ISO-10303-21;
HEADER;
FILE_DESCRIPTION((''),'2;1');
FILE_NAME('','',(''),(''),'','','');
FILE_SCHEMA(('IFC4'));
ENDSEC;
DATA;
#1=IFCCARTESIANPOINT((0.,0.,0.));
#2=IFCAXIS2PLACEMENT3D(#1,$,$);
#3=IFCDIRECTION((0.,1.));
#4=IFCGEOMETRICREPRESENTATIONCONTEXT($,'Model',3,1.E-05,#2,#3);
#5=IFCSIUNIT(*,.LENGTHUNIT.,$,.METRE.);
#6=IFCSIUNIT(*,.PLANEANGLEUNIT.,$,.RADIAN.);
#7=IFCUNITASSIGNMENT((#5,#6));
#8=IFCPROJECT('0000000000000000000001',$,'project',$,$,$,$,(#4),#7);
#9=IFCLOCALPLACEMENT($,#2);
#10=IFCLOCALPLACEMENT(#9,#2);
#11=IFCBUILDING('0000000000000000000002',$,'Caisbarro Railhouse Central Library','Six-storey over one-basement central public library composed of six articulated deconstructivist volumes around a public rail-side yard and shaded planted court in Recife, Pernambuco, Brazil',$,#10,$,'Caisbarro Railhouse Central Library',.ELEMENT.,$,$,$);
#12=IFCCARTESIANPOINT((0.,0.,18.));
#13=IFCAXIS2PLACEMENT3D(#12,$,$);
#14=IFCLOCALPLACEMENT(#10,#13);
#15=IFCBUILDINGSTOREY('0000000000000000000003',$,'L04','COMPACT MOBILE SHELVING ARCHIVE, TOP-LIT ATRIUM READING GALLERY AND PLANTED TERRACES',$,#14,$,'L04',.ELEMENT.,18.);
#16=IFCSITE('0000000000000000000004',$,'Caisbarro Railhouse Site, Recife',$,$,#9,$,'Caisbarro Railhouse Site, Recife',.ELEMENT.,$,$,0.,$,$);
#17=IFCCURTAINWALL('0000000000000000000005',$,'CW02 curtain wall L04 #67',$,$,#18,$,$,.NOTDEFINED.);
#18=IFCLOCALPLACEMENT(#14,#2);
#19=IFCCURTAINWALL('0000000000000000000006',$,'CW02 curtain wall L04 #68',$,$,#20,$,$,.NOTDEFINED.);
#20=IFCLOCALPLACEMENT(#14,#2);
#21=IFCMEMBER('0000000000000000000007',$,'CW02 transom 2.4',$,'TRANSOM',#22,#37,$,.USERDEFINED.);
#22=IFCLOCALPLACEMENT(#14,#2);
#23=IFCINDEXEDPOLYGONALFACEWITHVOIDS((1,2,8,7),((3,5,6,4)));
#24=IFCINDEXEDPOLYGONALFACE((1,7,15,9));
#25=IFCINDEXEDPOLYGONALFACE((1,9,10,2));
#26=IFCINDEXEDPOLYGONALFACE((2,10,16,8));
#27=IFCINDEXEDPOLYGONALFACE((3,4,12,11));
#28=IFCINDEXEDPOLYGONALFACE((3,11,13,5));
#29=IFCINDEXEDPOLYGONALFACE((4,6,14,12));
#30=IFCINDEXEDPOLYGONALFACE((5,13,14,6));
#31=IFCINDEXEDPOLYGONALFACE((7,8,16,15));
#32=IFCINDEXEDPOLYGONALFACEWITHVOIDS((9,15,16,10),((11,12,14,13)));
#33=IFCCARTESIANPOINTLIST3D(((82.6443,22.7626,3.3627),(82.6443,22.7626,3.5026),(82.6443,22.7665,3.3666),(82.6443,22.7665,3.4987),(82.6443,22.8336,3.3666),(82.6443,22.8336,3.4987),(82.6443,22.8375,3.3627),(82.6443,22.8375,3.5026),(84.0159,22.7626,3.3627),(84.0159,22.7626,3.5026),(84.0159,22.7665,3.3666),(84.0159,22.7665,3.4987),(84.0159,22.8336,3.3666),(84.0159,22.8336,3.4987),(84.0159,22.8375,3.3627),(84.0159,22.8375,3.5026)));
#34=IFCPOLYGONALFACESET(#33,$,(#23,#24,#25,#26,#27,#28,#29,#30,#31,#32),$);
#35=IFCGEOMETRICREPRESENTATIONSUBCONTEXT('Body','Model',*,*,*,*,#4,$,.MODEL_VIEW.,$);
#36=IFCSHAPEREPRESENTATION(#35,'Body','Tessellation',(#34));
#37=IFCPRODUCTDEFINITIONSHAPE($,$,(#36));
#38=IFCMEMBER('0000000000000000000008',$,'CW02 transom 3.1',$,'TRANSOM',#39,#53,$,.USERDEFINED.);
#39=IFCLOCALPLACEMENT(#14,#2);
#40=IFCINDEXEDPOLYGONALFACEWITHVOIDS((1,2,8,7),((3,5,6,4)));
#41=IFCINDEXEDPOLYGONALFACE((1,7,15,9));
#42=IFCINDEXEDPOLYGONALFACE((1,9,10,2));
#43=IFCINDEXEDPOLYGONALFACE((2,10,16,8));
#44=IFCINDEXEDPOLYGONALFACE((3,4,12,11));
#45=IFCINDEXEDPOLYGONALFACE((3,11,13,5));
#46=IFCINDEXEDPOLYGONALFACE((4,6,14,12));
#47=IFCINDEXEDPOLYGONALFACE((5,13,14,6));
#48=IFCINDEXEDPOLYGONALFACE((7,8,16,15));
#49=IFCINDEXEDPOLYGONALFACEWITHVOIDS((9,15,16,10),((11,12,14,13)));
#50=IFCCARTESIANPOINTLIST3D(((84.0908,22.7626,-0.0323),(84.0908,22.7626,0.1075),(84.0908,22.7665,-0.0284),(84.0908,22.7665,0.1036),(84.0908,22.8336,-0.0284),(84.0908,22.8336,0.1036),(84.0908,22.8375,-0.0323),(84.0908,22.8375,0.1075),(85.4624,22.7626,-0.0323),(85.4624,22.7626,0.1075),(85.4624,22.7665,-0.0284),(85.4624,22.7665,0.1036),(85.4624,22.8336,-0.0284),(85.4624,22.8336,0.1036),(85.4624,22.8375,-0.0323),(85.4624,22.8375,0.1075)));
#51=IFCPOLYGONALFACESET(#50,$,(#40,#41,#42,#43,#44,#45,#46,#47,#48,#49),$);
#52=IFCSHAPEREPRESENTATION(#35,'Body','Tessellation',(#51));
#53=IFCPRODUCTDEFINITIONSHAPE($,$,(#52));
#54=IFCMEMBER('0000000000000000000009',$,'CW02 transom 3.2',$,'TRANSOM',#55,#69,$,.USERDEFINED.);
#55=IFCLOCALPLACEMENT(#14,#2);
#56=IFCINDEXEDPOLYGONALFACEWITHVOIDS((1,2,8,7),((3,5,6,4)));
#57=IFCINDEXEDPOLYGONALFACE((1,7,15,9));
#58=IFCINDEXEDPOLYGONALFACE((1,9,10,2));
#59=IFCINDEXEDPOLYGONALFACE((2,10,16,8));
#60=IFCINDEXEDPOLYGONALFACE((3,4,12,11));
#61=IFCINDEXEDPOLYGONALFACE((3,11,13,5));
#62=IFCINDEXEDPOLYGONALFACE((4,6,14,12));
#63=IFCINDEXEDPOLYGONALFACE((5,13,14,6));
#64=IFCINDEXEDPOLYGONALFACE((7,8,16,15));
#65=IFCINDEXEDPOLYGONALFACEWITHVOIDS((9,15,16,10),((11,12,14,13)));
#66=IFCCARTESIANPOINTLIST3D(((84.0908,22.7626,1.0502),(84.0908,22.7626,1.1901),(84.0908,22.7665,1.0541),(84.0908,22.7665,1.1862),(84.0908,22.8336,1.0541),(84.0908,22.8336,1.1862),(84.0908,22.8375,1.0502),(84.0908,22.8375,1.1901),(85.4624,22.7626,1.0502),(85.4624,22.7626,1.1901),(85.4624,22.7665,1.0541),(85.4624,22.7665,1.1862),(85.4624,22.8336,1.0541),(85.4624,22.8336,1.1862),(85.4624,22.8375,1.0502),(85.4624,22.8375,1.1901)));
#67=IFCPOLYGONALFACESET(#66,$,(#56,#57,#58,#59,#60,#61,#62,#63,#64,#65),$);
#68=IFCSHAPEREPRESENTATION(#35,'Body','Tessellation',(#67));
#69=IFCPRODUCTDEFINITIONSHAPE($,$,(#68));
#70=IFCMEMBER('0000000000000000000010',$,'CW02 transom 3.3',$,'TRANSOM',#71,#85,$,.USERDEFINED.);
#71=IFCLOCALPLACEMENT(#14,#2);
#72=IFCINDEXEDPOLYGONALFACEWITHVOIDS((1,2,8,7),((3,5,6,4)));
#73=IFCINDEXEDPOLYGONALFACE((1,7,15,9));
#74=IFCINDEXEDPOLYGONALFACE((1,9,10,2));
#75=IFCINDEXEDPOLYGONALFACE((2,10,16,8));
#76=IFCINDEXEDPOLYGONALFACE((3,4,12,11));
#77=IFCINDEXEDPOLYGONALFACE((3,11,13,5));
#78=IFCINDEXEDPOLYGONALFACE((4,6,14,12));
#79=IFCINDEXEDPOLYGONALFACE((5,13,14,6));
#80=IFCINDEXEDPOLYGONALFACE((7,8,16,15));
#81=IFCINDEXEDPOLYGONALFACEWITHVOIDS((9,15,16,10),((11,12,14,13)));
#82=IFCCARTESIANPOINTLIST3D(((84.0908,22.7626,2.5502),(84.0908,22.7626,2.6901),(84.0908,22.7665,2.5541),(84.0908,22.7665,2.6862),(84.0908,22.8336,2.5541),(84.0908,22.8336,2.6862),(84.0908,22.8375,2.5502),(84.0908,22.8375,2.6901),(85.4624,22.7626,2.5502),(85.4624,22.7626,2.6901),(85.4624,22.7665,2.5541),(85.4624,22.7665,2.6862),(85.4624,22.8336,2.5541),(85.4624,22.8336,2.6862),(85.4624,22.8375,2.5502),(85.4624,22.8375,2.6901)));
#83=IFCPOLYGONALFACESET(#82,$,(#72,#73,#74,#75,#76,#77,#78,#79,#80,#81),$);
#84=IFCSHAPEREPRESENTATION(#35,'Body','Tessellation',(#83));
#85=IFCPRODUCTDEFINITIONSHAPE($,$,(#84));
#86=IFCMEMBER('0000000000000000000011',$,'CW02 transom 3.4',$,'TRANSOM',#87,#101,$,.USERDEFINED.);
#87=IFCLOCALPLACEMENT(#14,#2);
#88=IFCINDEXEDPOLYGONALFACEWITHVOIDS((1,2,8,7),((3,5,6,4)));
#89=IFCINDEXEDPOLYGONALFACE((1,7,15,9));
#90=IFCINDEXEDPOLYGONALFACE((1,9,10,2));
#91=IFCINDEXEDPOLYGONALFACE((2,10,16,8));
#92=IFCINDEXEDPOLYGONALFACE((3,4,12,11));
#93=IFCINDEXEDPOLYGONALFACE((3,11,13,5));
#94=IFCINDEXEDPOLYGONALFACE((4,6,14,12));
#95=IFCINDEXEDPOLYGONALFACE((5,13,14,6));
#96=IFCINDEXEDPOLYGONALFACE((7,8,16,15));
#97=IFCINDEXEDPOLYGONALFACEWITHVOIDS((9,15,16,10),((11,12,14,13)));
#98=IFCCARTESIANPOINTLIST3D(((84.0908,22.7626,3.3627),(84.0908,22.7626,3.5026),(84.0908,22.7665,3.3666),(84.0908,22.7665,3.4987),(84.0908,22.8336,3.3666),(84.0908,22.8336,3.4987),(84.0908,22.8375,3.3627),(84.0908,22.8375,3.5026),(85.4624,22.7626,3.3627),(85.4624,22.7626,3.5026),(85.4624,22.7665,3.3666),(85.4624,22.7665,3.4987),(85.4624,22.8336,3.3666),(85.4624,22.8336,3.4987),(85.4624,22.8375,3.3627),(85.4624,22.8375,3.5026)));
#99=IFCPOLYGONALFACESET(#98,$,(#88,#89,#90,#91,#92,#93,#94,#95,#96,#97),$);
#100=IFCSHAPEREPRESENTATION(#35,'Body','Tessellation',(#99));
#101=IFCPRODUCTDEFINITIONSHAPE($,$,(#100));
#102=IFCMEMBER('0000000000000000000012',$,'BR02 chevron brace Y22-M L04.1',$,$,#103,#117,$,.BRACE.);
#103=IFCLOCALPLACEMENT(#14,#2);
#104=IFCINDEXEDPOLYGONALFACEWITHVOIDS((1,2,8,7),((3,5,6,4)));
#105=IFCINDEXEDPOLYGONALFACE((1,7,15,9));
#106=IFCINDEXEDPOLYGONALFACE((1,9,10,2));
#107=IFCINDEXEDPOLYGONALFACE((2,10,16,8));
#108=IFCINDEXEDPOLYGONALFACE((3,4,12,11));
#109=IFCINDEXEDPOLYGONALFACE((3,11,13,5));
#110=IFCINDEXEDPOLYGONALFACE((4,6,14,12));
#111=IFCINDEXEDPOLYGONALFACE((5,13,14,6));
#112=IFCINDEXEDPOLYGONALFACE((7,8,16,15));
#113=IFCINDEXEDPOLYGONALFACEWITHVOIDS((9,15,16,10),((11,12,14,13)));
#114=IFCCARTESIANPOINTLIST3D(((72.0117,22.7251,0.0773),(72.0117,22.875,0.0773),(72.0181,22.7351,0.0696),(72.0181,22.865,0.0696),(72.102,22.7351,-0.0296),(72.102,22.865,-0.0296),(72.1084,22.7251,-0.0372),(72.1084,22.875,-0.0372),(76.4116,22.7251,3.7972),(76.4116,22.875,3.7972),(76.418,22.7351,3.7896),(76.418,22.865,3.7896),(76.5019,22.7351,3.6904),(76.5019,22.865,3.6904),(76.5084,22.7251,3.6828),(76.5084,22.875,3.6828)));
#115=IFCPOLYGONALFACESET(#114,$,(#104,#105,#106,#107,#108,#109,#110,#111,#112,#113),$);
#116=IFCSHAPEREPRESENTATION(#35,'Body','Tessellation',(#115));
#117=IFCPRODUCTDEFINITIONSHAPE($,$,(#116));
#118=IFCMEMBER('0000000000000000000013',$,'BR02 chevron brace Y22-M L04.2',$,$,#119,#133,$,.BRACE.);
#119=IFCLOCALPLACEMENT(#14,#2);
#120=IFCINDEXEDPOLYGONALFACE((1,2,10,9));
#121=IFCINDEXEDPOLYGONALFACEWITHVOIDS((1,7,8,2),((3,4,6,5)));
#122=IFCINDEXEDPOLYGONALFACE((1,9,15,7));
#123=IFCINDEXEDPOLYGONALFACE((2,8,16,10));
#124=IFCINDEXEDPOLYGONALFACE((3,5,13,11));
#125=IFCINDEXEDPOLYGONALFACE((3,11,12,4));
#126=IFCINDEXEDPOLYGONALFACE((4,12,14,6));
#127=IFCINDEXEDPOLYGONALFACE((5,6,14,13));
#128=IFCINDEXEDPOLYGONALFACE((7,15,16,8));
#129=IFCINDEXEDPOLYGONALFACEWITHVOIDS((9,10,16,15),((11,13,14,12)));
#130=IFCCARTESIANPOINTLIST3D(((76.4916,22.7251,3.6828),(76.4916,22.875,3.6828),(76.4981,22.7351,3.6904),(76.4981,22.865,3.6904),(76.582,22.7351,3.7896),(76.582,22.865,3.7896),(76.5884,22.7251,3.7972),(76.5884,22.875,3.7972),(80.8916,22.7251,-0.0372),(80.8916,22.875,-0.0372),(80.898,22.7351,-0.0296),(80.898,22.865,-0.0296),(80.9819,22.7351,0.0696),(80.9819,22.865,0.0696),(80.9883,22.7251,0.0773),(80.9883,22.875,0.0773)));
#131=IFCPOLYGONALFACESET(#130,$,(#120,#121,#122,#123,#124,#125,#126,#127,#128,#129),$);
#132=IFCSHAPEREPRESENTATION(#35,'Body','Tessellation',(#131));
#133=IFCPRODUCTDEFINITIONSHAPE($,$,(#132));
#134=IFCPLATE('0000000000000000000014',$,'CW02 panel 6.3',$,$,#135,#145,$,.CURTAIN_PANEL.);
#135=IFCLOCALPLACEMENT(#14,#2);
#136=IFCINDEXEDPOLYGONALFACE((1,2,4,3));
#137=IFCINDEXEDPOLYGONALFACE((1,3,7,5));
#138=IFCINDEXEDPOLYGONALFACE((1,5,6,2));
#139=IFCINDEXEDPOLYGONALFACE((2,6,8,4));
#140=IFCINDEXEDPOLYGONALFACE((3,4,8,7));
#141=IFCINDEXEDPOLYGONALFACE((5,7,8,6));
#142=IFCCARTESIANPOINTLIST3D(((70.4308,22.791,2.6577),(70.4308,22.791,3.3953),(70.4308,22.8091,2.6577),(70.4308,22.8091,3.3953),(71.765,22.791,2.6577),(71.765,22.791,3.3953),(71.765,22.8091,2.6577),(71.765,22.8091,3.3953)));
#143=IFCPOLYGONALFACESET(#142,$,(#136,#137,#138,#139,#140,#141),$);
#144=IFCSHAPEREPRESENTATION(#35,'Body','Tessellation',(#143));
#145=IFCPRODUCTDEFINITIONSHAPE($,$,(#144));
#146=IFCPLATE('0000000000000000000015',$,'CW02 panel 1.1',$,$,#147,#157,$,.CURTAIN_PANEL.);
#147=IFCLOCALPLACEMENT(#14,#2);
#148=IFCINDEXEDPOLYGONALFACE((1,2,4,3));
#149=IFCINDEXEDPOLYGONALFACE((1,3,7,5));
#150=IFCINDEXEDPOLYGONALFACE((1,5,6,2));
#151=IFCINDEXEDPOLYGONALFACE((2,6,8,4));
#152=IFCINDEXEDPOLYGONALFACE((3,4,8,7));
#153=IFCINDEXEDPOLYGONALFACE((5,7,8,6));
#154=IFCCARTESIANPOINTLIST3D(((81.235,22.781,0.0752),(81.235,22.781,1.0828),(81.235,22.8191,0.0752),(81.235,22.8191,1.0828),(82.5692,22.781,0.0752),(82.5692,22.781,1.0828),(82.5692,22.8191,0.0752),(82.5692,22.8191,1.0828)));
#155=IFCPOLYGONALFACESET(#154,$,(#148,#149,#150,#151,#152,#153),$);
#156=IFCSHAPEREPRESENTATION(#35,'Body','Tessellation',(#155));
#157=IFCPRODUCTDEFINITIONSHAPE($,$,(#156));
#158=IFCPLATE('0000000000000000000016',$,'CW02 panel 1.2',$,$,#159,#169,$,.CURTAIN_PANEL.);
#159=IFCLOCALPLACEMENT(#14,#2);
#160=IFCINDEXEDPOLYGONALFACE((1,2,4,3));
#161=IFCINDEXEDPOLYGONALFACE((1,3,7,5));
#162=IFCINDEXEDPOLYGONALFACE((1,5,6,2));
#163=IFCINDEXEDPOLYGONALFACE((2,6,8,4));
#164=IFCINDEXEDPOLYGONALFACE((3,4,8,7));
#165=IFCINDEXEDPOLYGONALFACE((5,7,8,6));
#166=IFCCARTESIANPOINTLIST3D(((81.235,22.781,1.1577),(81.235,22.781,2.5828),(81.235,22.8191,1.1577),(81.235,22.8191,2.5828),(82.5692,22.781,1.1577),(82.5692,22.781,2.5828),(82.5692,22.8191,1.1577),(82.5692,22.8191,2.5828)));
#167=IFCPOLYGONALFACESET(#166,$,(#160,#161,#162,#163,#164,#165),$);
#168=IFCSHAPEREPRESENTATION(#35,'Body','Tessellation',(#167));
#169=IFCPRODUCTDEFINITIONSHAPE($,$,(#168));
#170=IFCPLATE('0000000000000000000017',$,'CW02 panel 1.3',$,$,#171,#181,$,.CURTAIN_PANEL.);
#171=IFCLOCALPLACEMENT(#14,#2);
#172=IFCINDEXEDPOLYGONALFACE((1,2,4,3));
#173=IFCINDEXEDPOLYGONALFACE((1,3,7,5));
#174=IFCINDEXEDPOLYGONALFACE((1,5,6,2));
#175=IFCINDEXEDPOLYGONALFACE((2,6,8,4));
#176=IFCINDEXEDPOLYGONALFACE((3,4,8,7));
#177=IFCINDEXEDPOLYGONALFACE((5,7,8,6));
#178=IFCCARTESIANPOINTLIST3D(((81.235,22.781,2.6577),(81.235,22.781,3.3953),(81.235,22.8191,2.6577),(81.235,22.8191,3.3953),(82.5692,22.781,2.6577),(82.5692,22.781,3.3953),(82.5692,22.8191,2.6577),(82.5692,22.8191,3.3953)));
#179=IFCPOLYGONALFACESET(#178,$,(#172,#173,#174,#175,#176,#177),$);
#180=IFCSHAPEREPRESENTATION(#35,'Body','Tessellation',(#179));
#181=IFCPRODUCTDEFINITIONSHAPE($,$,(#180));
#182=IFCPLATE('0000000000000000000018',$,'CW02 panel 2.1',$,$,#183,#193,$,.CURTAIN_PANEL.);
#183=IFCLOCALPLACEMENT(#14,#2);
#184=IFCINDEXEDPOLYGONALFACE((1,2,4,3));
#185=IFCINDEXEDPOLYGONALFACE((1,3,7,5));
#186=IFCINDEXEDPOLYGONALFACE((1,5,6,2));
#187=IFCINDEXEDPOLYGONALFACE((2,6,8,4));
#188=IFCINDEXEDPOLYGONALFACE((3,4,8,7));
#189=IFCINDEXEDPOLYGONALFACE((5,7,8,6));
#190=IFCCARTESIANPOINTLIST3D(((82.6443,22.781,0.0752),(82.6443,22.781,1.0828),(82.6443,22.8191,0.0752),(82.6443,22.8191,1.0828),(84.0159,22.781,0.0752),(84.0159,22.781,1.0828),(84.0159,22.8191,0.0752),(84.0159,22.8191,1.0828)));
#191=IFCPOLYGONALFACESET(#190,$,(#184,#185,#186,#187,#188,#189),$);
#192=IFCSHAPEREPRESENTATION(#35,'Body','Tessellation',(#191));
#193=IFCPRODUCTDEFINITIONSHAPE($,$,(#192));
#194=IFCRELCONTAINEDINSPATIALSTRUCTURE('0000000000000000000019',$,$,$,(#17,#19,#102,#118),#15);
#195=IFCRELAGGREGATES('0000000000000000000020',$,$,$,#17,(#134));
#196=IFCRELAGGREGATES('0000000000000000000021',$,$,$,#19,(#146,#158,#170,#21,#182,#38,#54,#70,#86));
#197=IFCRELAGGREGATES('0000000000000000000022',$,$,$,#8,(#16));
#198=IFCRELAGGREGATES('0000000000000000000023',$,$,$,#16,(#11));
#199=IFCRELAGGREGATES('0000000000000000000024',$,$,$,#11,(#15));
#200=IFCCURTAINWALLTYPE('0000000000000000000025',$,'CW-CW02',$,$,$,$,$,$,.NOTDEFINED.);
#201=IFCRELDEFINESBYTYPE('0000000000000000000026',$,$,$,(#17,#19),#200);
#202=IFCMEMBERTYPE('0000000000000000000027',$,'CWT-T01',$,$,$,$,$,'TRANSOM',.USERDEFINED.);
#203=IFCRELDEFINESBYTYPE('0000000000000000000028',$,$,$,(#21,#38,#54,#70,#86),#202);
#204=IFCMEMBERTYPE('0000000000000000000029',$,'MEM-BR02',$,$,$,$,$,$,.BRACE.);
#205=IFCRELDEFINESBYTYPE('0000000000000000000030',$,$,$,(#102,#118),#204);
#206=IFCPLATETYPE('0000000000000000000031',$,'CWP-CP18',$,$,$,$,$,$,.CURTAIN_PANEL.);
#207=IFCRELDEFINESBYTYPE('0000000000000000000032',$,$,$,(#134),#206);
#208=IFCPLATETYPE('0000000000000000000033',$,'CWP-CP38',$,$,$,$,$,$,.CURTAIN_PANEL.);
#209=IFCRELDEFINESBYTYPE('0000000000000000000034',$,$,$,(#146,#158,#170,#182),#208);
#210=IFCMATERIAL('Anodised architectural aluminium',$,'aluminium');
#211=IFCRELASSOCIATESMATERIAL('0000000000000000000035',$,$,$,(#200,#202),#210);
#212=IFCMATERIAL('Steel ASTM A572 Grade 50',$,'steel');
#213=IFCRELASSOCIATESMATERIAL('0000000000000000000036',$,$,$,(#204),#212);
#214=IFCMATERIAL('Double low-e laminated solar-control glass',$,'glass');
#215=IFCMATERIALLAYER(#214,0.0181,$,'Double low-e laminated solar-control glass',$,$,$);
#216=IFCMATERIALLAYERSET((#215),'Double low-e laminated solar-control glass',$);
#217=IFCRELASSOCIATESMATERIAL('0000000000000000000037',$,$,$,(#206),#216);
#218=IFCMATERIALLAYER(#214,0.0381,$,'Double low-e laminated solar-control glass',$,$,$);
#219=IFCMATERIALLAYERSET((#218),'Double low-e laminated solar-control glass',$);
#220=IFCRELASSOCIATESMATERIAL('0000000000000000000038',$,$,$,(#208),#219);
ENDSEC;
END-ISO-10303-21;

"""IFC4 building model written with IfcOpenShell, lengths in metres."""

from ifc_helpers import new_model, si_unit, direction, frame, origin, origin_2d, place, context, subcontext, project, spatial, rectangle, hollow_rectangle, extrude, material, layer, layer_set, material_profile, profile_set, type_object, element, aggregate, save


model = new_model("IFC4")

# Units and contexts
model_context = context("Model", 3, precision=1e-05, world=origin(), true_north=direction((0.0, 1.0)))
body_context = subcontext(model_context, "Body", "Model", "MODEL_VIEW")
ifc_project = project(units=[si_unit("LENGTHUNIT", "METRE"), si_unit("PLANEANGLEUNIT", "RADIAN")], contexts=[model_context])

# Site, building, storey
site_placement = place(None, origin())
site = spatial("IfcSite", under=ifc_project, at=site_placement, Name="Caisbarro Railhouse Site, Recife", LongName="Caisbarro Railhouse Site, Recife", CompositionType="ELEMENT", RefElevation=0.0)
building_placement = place(site_placement, origin())
building = spatial("IfcBuilding", under=site, at=building_placement, Name="Caisbarro Railhouse Central Library", Description="Six-storey over one-basement central public library composed of six articulated deconstructivist volumes around a public rail-side yard and shaded planted court in Recife, Pernambuco, Brazil", LongName="Caisbarro Railhouse Central Library", CompositionType="ELEMENT")
storey_placement = place(building_placement, frame((0.0, 0.0, 18.0)))
storey = spatial("IfcBuildingStorey", under=building, at=storey_placement, Name="L04", Description="COMPACT MOBILE SHELVING ARCHIVE, TOP-LIT ATRIUM READING GALLERY AND PLANTED TERRACES", LongName="L04", CompositionType="ELEMENT", Elevation=18.0)

# Shared definitions
ifc_material_1 = material(Name="Steel ASTM A572 Grade 50", Category="steel")

# Curtain wall
ifc_material_2 = material(Name="Anodised architectural aluminium", Category="aluminium")
curtain_wall_type = type_object("IfcCurtainWallType", Name="CW-CW02", PredefinedType="NOTDEFINED", material=ifc_material_2)
curtain_wall_1_placement = place(storey_placement, origin())
curtain_wall_1 = element("IfcCurtainWall", 1, at=curtain_wall_1_placement, inside=storey, type_object=curtain_wall_type, Name="CW02 curtain wall L04 #67", PredefinedType="NOTDEFINED")

# Curtain wall, members
curtain_wall_2_placement = place(storey_placement, origin())
curtain_wall_2 = element("IfcCurtainWall", 2, at=curtain_wall_2_placement, inside=storey, type_object=curtain_wall_type, Name="CW02 curtain wall L04 #68", PredefinedType="NOTDEFINED")
ifc_material_profile_1 = material_profile(ifc_material_2, hollow_rectangle(XDim=0.075, YDim=0.1399, WallThickness=0.0039, at=origin_2d()), Name="ALU-TRN-75X140")
ifc_profile_set_1 = profile_set([ifc_material_profile_1], Name="Anodised architectural aluminium")
member_type_1 = type_object("IfcMemberType", Name="CWT-T01", ElementType="TRANSOM", PredefinedType="USERDEFINED", material=ifc_profile_set_1)
member_1_placement = place(storey_placement, frame((82.6443, 22.8, 3.4326), z_axis=(1.0, 0.0, 0.0), x_axis=(0.0, 1.0, 0.0)))
member_1 = element("IfcMember", 3, at=member_1_placement, type_object=member_type_1, Name="CW02 transom 2.4", ObjectType="TRANSOM", PredefinedType="USERDEFINED", context=body_context, shape_type="SweptSolid", body=[
    extrude(hollow_rectangle(XDim=0.075, YDim=0.1399, WallThickness=0.0039, at=origin_2d()), origin(), (0.0, 0.0, 1.0), 1.3716),
])
member_2_placement = place(storey_placement, frame((84.0908, 22.8, 0.0376), z_axis=(1.0, 0.0, 0.0), x_axis=(0.0, 1.0, 0.0)))
member_2 = element("IfcMember", 4, at=member_2_placement, type_object=member_type_1, Name="CW02 transom 3.1", ObjectType="TRANSOM", PredefinedType="USERDEFINED", context=body_context, shape_type="SweptSolid", body=[
    extrude(hollow_rectangle(XDim=0.075, YDim=0.1399, WallThickness=0.0039, at=origin_2d()), origin(), (0.0, 0.0, 1.0), 1.3716),
])
member_3_placement = place(storey_placement, frame((84.0908, 22.8, 1.1201), z_axis=(1.0, 0.0, 0.0), x_axis=(0.0, 1.0, 0.0)))
member_3 = element("IfcMember", 5, at=member_3_placement, type_object=member_type_1, Name="CW02 transom 3.2", ObjectType="TRANSOM", PredefinedType="USERDEFINED", context=body_context, shape_type="SweptSolid", body=[
    extrude(hollow_rectangle(XDim=0.075, YDim=0.1399, WallThickness=0.0039, at=origin_2d()), origin(), (0.0, 0.0, 1.0), 1.3716),
])
member_4_placement = place(storey_placement, frame((84.0908, 22.8, 2.6201), z_axis=(1.0, 0.0, 0.0), x_axis=(0.0, 1.0, 0.0)))
member_4 = element("IfcMember", 6, at=member_4_placement, type_object=member_type_1, Name="CW02 transom 3.3", ObjectType="TRANSOM", PredefinedType="USERDEFINED", context=body_context, shape_type="SweptSolid", body=[
    extrude(hollow_rectangle(XDim=0.075, YDim=0.1399, WallThickness=0.0039, at=origin_2d()), origin(), (0.0, 0.0, 1.0), 1.3716),
])
member_5_placement = place(storey_placement, frame((84.0908, 22.8, 3.4326), z_axis=(1.0, 0.0, 0.0), x_axis=(0.0, 1.0, 0.0)))
member_5 = element("IfcMember", 7, at=member_5_placement, type_object=member_type_1, Name="CW02 transom 3.4", ObjectType="TRANSOM", PredefinedType="USERDEFINED", context=body_context, shape_type="SweptSolid", body=[
    extrude(hollow_rectangle(XDim=0.075, YDim=0.1399, WallThickness=0.0039, at=origin_2d()), origin(), (0.0, 0.0, 1.0), 1.3716),
])

# Members
ifc_material_profile_2 = material_profile(ifc_material_1, hollow_rectangle(XDim=0.1499, YDim=0.1499, WallThickness=0.01, at=origin_2d()), Name="HSS150X150X10")
ifc_profile_set_2 = profile_set([ifc_material_profile_2], Name="Steel ASTM A572 Grade 50")
member_type_2 = type_object("IfcMemberType", Name="MEM-BR02", PredefinedType="BRACE", material=ifc_profile_set_2)
for number, where, z_axis, x_axis, name in (
    (8, (72.0601, 22.8, 0.02), (0.763645, 0.0, 0.645636), (0.0, 1.0, 0.0), "BR02 chevron brace Y22-M L04.1"),
    (9, (80.9399, 22.8, 0.02), (-0.763645, 0.0, 0.645636), (0.0, -1.0, 0.0), "BR02 chevron brace Y22-M L04.2"),
):
    element("IfcMember", number, at=place(storey_placement, frame(where, z_axis=z_axis, x_axis=x_axis)), inside=storey, type_object=member_type_2, Name=name, PredefinedType="BRACE", context=body_context, shape_type="SweptSolid", body=[
        extrude(hollow_rectangle(XDim=0.1499, YDim=0.1499, WallThickness=0.01, at=origin_2d()), origin(), (0.0, 0.0, 1.0), 5.7617),
    ])

# Plates
ifc_material_3 = material(Name="Double low-e laminated solar-control glass", Category="glass")
ifc_layer_1 = layer(ifc_material_3, 0.0181, Name="Double low-e laminated solar-control glass")
ifc_layer_set_1 = layer_set([ifc_layer_1], Name="Double low-e laminated solar-control glass")
plate_type_1 = type_object("IfcPlateType", Name="CWP-CP18", PredefinedType="CURTAIN_PANEL", material=ifc_layer_set_1)
plate_1_placement = place(storey_placement, frame((71.0979, 22.8, 2.6577), z_axis=(0.0, 0.0, 1.0), x_axis=(1.0, 0.0, 0.0)))
plate_1 = element("IfcPlate", 10, at=plate_1_placement, type_object=plate_type_1, Name="CW02 panel 6.3", PredefinedType="CURTAIN_PANEL", context=body_context, shape_type="SweptSolid", body=[
    extrude(rectangle(XDim=1.3342, YDim=0.0181, at=origin_2d()), origin(), (0.0, 0.0, 1.0), 0.7375),
])
aggregate(curtain_wall_1, [plate_1])
ifc_layer_2 = layer(ifc_material_3, 0.0381, Name="Double low-e laminated solar-control glass")
ifc_layer_set_2 = layer_set([ifc_layer_2], Name="Double low-e laminated solar-control glass")
plate_type_2 = type_object("IfcPlateType", Name="CWP-CP38", PredefinedType="CURTAIN_PANEL", material=ifc_layer_set_2)
plate_2_placement = place(storey_placement, frame((81.9021, 22.8, 0.0752), z_axis=(0.0, 0.0, 1.0), x_axis=(1.0, 0.0, 0.0)))
plate_2 = element("IfcPlate", 11, at=plate_2_placement, type_object=plate_type_2, Name="CW02 panel 1.1", PredefinedType="CURTAIN_PANEL", context=body_context, shape_type="SweptSolid", body=[
    extrude(rectangle(XDim=1.3342, YDim=0.0381, at=origin_2d()), origin(), (0.0, 0.0, 1.0), 1.0076),
])
plate_3_placement = place(storey_placement, frame((81.9021, 22.8, 1.1577), z_axis=(0.0, 0.0, 1.0), x_axis=(1.0, 0.0, 0.0)))
plate_3 = element("IfcPlate", 12, at=plate_3_placement, type_object=plate_type_2, Name="CW02 panel 1.2", PredefinedType="CURTAIN_PANEL", context=body_context, shape_type="SweptSolid", body=[
    extrude(rectangle(XDim=1.3342, YDim=0.0381, at=origin_2d()), origin(), (0.0, 0.0, 1.0), 1.425),
])
plate_4_placement = place(storey_placement, frame((81.9021, 22.8, 2.6577), z_axis=(0.0, 0.0, 1.0), x_axis=(1.0, 0.0, 0.0)))
plate_4 = element("IfcPlate", 13, at=plate_4_placement, type_object=plate_type_2, Name="CW02 panel 1.3", PredefinedType="CURTAIN_PANEL", context=body_context, shape_type="SweptSolid", body=[
    extrude(rectangle(XDim=1.3342, YDim=0.0381, at=origin_2d()), origin(), (0.0, 0.0, 1.0), 0.7375),
])
plate_5_placement = place(storey_placement, frame((83.3301, 22.8, 0.0752), z_axis=(0.0, 0.0, 1.0), x_axis=(1.0, 0.0, 0.0)))
plate_5 = element("IfcPlate", 14, at=plate_5_placement, type_object=plate_type_2, Name="CW02 panel 2.1", PredefinedType="CURTAIN_PANEL", context=body_context, shape_type="SweptSolid", body=[
    extrude(rectangle(XDim=1.3716, YDim=0.0381, at=origin_2d()), origin(), (0.0, 0.0, 1.0), 1.0076),
])
aggregate(curtain_wall_2, [plate_2, plate_3, plate_4, member_1, plate_5, member_2, member_3, member_4, member_5])

save(model, "model.ifc")
